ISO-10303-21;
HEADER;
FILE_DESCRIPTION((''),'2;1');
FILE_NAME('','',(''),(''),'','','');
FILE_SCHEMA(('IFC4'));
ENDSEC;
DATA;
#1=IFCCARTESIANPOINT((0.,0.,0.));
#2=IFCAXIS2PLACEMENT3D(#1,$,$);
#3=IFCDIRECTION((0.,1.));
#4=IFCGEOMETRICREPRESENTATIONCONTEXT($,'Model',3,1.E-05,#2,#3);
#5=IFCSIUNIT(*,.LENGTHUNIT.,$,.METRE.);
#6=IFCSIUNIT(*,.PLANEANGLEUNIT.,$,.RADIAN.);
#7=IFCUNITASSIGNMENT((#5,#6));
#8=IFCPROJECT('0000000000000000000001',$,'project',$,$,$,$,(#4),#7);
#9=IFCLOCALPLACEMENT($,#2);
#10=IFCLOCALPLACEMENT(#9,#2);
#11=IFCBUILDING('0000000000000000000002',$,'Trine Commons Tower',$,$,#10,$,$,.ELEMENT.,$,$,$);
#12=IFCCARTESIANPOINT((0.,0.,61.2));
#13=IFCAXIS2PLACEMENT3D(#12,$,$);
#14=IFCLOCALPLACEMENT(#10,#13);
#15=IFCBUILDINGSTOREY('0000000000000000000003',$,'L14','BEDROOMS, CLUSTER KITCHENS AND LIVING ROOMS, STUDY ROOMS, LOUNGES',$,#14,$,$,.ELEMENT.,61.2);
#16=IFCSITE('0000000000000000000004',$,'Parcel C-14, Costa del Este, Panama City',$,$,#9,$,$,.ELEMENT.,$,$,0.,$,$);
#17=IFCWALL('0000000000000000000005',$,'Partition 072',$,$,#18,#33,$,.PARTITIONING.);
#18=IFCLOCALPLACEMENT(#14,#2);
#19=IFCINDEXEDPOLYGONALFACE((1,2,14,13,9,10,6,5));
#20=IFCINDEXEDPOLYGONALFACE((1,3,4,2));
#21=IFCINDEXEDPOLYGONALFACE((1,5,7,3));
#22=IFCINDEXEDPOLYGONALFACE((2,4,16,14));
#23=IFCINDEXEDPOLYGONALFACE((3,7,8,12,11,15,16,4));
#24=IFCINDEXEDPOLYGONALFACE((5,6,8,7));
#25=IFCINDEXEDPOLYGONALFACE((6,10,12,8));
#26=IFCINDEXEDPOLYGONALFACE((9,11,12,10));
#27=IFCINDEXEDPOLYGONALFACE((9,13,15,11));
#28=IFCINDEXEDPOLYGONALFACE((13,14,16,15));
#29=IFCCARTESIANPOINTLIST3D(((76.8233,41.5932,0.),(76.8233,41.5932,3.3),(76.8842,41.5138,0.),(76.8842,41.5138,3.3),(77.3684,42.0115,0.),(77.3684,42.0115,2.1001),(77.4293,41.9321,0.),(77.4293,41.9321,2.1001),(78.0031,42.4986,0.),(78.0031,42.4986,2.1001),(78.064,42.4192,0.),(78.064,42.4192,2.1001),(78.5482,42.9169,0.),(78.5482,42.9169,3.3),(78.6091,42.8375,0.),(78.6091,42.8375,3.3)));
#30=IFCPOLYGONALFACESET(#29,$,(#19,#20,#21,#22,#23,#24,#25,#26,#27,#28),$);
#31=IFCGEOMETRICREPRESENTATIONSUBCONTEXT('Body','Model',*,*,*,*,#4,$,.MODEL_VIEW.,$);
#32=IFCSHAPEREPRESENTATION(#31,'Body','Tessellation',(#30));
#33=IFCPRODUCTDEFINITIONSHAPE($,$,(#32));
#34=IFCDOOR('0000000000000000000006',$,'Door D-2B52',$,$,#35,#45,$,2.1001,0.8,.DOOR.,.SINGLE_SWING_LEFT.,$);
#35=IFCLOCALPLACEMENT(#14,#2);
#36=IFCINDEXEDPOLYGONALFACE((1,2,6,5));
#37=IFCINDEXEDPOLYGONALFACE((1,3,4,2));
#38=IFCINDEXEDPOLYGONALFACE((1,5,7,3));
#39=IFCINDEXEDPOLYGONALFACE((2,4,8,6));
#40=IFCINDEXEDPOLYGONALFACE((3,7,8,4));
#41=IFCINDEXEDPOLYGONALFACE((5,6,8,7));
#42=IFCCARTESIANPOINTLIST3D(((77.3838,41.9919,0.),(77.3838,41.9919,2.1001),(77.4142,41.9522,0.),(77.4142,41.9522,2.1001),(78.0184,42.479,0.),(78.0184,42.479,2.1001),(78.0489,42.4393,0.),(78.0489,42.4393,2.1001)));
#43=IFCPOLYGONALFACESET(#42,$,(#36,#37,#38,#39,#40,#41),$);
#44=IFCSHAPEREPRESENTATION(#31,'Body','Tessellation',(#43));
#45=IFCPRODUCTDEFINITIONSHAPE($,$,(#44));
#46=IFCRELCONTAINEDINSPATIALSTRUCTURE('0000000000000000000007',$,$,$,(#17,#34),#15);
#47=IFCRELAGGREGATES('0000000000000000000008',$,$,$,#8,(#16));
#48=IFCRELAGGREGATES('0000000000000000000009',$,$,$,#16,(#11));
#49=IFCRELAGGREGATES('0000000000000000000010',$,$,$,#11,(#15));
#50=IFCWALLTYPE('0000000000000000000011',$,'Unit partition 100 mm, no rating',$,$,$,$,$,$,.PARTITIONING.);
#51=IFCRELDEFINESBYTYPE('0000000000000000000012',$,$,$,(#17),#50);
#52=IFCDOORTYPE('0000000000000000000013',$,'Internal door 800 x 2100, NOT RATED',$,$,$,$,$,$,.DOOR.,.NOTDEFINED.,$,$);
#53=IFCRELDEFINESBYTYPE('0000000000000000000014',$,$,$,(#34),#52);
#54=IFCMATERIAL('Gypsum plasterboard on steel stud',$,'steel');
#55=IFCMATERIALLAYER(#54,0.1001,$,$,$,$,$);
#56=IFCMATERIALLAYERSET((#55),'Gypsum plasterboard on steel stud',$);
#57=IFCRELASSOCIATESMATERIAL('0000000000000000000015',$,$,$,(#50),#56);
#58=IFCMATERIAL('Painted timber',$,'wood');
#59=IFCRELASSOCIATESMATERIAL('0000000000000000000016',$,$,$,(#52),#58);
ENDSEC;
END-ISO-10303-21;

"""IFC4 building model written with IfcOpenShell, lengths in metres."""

from ifc_helpers import new_model, si_unit, direction, frame, frame_2d, origin, place, context, subcontext, project, spatial, rectangle, extrude, material, layer, layer_set, type_object, element, fill, save


model = new_model("IFC4")

# Units and contexts
model_context = context("Model", 3, precision=1e-05, world=origin(), true_north=direction((0.0, 1.0)))
body_context = subcontext(model_context, "Body", "Model", "MODEL_VIEW")
ifc_project = project(units=[si_unit("LENGTHUNIT", "METRE"), si_unit("PLANEANGLEUNIT", "RADIAN")], contexts=[model_context])

# Site, building, storey
site_placement = place(None, origin())
site = spatial("IfcSite", under=ifc_project, at=site_placement, Name="Parcel C-14, Costa del Este, Panama City", CompositionType="ELEMENT", RefElevation=0.0)
building_placement = place(site_placement, origin())
building = spatial("IfcBuilding", under=site, at=building_placement, Name="Trine Commons Tower", CompositionType="ELEMENT")
storey_placement = place(building_placement, frame((0.0, 0.0, 61.2)))
storey = spatial("IfcBuildingStorey", under=building, at=storey_placement, Name="L14", Description="BEDROOMS, CLUSTER KITCHENS AND LIVING ROOMS, STUDY ROOMS, LOUNGES", CompositionType="ELEMENT", Elevation=61.2)

# Shared definitions
ifc_material_1 = material(Name="Gypsum plasterboard on steel stud", Category="steel")

# Shared definitions
ifc_layer_1 = layer(ifc_material_1, 0.1001)
ifc_layer_set_1 = layer_set([ifc_layer_1], Name="Gypsum plasterboard on steel stud")
wall_type_1 = type_object("IfcWallType", Name="Unit partition 100 mm, no rating", PredefinedType="PARTITIONING", material=ifc_layer_set_1)
ifc_material_2 = material(Name="Painted timber", Category="wood")
door_type_1 = type_object("IfcDoorType", Name="Internal door 800 x 2100, NOT RATED", OperationType="NOTDEFINED", PredefinedType="DOOR", material=ifc_material_2)

# Wall, opening, door
wall_1_placement = place(storey_placement, frame((76.8538, 41.5535, 0.0), z_axis=(0.0, 0.0, 1.0), x_axis=(0.793308, 0.60882, 0.0)))
wall_1 = element("IfcWall", 1, at=wall_1_placement, inside=storey, type_object=wall_type_1, Name="Partition 072", PredefinedType="PARTITIONING", context=body_context, shape_type="SweptSolid", body=[
    extrude(rectangle(XDim=2.1743, YDim=0.1001, at=frame_2d((1.0872, 0.0))), origin(), (0.0, 0.0, 1.0), 3.3),
])
opening_1_placement = place(wall_1_placement, frame((0.6873, 0.0, 0.0)))
opening_1 = element("IfcOpeningElement", 2, at=opening_1_placement, cuts=wall_1, PredefinedType="OPENING", context=body_context, shape_type="SweptSolid", body=[
    extrude(rectangle(XDim=0.8, YDim=2.1001, at=frame_2d((0.3999, 1.05))), frame((0.0, 0.0601, 0.0), z_axis=(0.0, -1.0, 0.0), x_axis=(1.0, 0.0, 0.0)), (0.0, 0.0, 1.0), 0.1201),
])
door_1_placement = place(opening_1_placement, frame((0.8, 0.0, 0.0), z_axis=(0.0, 0.0, 1.0), x_axis=(-1.0, 0.0, 0.0)))
door_1 = element("IfcDoor", 3, at=door_1_placement, inside=storey, type_object=door_type_1, Name="Door D-2B52", OperationType="SINGLE_SWING_LEFT", OverallHeight=2.1001, OverallWidth=0.8, PredefinedType="DOOR", context=body_context, shape_type="SweptSolid", body=[
    extrude(rectangle(XDim=0.8, YDim=2.1001, at=frame_2d((0.3999, 1.05))), frame((0.0, 0.0249, 0.0), z_axis=(0.0, -1.0, 0.0), x_axis=(1.0, 0.0, 0.0)), (0.0, 0.0, 1.0), 0.05),
])
fill(opening_1, door_1)

save(model, "model.ifc")
